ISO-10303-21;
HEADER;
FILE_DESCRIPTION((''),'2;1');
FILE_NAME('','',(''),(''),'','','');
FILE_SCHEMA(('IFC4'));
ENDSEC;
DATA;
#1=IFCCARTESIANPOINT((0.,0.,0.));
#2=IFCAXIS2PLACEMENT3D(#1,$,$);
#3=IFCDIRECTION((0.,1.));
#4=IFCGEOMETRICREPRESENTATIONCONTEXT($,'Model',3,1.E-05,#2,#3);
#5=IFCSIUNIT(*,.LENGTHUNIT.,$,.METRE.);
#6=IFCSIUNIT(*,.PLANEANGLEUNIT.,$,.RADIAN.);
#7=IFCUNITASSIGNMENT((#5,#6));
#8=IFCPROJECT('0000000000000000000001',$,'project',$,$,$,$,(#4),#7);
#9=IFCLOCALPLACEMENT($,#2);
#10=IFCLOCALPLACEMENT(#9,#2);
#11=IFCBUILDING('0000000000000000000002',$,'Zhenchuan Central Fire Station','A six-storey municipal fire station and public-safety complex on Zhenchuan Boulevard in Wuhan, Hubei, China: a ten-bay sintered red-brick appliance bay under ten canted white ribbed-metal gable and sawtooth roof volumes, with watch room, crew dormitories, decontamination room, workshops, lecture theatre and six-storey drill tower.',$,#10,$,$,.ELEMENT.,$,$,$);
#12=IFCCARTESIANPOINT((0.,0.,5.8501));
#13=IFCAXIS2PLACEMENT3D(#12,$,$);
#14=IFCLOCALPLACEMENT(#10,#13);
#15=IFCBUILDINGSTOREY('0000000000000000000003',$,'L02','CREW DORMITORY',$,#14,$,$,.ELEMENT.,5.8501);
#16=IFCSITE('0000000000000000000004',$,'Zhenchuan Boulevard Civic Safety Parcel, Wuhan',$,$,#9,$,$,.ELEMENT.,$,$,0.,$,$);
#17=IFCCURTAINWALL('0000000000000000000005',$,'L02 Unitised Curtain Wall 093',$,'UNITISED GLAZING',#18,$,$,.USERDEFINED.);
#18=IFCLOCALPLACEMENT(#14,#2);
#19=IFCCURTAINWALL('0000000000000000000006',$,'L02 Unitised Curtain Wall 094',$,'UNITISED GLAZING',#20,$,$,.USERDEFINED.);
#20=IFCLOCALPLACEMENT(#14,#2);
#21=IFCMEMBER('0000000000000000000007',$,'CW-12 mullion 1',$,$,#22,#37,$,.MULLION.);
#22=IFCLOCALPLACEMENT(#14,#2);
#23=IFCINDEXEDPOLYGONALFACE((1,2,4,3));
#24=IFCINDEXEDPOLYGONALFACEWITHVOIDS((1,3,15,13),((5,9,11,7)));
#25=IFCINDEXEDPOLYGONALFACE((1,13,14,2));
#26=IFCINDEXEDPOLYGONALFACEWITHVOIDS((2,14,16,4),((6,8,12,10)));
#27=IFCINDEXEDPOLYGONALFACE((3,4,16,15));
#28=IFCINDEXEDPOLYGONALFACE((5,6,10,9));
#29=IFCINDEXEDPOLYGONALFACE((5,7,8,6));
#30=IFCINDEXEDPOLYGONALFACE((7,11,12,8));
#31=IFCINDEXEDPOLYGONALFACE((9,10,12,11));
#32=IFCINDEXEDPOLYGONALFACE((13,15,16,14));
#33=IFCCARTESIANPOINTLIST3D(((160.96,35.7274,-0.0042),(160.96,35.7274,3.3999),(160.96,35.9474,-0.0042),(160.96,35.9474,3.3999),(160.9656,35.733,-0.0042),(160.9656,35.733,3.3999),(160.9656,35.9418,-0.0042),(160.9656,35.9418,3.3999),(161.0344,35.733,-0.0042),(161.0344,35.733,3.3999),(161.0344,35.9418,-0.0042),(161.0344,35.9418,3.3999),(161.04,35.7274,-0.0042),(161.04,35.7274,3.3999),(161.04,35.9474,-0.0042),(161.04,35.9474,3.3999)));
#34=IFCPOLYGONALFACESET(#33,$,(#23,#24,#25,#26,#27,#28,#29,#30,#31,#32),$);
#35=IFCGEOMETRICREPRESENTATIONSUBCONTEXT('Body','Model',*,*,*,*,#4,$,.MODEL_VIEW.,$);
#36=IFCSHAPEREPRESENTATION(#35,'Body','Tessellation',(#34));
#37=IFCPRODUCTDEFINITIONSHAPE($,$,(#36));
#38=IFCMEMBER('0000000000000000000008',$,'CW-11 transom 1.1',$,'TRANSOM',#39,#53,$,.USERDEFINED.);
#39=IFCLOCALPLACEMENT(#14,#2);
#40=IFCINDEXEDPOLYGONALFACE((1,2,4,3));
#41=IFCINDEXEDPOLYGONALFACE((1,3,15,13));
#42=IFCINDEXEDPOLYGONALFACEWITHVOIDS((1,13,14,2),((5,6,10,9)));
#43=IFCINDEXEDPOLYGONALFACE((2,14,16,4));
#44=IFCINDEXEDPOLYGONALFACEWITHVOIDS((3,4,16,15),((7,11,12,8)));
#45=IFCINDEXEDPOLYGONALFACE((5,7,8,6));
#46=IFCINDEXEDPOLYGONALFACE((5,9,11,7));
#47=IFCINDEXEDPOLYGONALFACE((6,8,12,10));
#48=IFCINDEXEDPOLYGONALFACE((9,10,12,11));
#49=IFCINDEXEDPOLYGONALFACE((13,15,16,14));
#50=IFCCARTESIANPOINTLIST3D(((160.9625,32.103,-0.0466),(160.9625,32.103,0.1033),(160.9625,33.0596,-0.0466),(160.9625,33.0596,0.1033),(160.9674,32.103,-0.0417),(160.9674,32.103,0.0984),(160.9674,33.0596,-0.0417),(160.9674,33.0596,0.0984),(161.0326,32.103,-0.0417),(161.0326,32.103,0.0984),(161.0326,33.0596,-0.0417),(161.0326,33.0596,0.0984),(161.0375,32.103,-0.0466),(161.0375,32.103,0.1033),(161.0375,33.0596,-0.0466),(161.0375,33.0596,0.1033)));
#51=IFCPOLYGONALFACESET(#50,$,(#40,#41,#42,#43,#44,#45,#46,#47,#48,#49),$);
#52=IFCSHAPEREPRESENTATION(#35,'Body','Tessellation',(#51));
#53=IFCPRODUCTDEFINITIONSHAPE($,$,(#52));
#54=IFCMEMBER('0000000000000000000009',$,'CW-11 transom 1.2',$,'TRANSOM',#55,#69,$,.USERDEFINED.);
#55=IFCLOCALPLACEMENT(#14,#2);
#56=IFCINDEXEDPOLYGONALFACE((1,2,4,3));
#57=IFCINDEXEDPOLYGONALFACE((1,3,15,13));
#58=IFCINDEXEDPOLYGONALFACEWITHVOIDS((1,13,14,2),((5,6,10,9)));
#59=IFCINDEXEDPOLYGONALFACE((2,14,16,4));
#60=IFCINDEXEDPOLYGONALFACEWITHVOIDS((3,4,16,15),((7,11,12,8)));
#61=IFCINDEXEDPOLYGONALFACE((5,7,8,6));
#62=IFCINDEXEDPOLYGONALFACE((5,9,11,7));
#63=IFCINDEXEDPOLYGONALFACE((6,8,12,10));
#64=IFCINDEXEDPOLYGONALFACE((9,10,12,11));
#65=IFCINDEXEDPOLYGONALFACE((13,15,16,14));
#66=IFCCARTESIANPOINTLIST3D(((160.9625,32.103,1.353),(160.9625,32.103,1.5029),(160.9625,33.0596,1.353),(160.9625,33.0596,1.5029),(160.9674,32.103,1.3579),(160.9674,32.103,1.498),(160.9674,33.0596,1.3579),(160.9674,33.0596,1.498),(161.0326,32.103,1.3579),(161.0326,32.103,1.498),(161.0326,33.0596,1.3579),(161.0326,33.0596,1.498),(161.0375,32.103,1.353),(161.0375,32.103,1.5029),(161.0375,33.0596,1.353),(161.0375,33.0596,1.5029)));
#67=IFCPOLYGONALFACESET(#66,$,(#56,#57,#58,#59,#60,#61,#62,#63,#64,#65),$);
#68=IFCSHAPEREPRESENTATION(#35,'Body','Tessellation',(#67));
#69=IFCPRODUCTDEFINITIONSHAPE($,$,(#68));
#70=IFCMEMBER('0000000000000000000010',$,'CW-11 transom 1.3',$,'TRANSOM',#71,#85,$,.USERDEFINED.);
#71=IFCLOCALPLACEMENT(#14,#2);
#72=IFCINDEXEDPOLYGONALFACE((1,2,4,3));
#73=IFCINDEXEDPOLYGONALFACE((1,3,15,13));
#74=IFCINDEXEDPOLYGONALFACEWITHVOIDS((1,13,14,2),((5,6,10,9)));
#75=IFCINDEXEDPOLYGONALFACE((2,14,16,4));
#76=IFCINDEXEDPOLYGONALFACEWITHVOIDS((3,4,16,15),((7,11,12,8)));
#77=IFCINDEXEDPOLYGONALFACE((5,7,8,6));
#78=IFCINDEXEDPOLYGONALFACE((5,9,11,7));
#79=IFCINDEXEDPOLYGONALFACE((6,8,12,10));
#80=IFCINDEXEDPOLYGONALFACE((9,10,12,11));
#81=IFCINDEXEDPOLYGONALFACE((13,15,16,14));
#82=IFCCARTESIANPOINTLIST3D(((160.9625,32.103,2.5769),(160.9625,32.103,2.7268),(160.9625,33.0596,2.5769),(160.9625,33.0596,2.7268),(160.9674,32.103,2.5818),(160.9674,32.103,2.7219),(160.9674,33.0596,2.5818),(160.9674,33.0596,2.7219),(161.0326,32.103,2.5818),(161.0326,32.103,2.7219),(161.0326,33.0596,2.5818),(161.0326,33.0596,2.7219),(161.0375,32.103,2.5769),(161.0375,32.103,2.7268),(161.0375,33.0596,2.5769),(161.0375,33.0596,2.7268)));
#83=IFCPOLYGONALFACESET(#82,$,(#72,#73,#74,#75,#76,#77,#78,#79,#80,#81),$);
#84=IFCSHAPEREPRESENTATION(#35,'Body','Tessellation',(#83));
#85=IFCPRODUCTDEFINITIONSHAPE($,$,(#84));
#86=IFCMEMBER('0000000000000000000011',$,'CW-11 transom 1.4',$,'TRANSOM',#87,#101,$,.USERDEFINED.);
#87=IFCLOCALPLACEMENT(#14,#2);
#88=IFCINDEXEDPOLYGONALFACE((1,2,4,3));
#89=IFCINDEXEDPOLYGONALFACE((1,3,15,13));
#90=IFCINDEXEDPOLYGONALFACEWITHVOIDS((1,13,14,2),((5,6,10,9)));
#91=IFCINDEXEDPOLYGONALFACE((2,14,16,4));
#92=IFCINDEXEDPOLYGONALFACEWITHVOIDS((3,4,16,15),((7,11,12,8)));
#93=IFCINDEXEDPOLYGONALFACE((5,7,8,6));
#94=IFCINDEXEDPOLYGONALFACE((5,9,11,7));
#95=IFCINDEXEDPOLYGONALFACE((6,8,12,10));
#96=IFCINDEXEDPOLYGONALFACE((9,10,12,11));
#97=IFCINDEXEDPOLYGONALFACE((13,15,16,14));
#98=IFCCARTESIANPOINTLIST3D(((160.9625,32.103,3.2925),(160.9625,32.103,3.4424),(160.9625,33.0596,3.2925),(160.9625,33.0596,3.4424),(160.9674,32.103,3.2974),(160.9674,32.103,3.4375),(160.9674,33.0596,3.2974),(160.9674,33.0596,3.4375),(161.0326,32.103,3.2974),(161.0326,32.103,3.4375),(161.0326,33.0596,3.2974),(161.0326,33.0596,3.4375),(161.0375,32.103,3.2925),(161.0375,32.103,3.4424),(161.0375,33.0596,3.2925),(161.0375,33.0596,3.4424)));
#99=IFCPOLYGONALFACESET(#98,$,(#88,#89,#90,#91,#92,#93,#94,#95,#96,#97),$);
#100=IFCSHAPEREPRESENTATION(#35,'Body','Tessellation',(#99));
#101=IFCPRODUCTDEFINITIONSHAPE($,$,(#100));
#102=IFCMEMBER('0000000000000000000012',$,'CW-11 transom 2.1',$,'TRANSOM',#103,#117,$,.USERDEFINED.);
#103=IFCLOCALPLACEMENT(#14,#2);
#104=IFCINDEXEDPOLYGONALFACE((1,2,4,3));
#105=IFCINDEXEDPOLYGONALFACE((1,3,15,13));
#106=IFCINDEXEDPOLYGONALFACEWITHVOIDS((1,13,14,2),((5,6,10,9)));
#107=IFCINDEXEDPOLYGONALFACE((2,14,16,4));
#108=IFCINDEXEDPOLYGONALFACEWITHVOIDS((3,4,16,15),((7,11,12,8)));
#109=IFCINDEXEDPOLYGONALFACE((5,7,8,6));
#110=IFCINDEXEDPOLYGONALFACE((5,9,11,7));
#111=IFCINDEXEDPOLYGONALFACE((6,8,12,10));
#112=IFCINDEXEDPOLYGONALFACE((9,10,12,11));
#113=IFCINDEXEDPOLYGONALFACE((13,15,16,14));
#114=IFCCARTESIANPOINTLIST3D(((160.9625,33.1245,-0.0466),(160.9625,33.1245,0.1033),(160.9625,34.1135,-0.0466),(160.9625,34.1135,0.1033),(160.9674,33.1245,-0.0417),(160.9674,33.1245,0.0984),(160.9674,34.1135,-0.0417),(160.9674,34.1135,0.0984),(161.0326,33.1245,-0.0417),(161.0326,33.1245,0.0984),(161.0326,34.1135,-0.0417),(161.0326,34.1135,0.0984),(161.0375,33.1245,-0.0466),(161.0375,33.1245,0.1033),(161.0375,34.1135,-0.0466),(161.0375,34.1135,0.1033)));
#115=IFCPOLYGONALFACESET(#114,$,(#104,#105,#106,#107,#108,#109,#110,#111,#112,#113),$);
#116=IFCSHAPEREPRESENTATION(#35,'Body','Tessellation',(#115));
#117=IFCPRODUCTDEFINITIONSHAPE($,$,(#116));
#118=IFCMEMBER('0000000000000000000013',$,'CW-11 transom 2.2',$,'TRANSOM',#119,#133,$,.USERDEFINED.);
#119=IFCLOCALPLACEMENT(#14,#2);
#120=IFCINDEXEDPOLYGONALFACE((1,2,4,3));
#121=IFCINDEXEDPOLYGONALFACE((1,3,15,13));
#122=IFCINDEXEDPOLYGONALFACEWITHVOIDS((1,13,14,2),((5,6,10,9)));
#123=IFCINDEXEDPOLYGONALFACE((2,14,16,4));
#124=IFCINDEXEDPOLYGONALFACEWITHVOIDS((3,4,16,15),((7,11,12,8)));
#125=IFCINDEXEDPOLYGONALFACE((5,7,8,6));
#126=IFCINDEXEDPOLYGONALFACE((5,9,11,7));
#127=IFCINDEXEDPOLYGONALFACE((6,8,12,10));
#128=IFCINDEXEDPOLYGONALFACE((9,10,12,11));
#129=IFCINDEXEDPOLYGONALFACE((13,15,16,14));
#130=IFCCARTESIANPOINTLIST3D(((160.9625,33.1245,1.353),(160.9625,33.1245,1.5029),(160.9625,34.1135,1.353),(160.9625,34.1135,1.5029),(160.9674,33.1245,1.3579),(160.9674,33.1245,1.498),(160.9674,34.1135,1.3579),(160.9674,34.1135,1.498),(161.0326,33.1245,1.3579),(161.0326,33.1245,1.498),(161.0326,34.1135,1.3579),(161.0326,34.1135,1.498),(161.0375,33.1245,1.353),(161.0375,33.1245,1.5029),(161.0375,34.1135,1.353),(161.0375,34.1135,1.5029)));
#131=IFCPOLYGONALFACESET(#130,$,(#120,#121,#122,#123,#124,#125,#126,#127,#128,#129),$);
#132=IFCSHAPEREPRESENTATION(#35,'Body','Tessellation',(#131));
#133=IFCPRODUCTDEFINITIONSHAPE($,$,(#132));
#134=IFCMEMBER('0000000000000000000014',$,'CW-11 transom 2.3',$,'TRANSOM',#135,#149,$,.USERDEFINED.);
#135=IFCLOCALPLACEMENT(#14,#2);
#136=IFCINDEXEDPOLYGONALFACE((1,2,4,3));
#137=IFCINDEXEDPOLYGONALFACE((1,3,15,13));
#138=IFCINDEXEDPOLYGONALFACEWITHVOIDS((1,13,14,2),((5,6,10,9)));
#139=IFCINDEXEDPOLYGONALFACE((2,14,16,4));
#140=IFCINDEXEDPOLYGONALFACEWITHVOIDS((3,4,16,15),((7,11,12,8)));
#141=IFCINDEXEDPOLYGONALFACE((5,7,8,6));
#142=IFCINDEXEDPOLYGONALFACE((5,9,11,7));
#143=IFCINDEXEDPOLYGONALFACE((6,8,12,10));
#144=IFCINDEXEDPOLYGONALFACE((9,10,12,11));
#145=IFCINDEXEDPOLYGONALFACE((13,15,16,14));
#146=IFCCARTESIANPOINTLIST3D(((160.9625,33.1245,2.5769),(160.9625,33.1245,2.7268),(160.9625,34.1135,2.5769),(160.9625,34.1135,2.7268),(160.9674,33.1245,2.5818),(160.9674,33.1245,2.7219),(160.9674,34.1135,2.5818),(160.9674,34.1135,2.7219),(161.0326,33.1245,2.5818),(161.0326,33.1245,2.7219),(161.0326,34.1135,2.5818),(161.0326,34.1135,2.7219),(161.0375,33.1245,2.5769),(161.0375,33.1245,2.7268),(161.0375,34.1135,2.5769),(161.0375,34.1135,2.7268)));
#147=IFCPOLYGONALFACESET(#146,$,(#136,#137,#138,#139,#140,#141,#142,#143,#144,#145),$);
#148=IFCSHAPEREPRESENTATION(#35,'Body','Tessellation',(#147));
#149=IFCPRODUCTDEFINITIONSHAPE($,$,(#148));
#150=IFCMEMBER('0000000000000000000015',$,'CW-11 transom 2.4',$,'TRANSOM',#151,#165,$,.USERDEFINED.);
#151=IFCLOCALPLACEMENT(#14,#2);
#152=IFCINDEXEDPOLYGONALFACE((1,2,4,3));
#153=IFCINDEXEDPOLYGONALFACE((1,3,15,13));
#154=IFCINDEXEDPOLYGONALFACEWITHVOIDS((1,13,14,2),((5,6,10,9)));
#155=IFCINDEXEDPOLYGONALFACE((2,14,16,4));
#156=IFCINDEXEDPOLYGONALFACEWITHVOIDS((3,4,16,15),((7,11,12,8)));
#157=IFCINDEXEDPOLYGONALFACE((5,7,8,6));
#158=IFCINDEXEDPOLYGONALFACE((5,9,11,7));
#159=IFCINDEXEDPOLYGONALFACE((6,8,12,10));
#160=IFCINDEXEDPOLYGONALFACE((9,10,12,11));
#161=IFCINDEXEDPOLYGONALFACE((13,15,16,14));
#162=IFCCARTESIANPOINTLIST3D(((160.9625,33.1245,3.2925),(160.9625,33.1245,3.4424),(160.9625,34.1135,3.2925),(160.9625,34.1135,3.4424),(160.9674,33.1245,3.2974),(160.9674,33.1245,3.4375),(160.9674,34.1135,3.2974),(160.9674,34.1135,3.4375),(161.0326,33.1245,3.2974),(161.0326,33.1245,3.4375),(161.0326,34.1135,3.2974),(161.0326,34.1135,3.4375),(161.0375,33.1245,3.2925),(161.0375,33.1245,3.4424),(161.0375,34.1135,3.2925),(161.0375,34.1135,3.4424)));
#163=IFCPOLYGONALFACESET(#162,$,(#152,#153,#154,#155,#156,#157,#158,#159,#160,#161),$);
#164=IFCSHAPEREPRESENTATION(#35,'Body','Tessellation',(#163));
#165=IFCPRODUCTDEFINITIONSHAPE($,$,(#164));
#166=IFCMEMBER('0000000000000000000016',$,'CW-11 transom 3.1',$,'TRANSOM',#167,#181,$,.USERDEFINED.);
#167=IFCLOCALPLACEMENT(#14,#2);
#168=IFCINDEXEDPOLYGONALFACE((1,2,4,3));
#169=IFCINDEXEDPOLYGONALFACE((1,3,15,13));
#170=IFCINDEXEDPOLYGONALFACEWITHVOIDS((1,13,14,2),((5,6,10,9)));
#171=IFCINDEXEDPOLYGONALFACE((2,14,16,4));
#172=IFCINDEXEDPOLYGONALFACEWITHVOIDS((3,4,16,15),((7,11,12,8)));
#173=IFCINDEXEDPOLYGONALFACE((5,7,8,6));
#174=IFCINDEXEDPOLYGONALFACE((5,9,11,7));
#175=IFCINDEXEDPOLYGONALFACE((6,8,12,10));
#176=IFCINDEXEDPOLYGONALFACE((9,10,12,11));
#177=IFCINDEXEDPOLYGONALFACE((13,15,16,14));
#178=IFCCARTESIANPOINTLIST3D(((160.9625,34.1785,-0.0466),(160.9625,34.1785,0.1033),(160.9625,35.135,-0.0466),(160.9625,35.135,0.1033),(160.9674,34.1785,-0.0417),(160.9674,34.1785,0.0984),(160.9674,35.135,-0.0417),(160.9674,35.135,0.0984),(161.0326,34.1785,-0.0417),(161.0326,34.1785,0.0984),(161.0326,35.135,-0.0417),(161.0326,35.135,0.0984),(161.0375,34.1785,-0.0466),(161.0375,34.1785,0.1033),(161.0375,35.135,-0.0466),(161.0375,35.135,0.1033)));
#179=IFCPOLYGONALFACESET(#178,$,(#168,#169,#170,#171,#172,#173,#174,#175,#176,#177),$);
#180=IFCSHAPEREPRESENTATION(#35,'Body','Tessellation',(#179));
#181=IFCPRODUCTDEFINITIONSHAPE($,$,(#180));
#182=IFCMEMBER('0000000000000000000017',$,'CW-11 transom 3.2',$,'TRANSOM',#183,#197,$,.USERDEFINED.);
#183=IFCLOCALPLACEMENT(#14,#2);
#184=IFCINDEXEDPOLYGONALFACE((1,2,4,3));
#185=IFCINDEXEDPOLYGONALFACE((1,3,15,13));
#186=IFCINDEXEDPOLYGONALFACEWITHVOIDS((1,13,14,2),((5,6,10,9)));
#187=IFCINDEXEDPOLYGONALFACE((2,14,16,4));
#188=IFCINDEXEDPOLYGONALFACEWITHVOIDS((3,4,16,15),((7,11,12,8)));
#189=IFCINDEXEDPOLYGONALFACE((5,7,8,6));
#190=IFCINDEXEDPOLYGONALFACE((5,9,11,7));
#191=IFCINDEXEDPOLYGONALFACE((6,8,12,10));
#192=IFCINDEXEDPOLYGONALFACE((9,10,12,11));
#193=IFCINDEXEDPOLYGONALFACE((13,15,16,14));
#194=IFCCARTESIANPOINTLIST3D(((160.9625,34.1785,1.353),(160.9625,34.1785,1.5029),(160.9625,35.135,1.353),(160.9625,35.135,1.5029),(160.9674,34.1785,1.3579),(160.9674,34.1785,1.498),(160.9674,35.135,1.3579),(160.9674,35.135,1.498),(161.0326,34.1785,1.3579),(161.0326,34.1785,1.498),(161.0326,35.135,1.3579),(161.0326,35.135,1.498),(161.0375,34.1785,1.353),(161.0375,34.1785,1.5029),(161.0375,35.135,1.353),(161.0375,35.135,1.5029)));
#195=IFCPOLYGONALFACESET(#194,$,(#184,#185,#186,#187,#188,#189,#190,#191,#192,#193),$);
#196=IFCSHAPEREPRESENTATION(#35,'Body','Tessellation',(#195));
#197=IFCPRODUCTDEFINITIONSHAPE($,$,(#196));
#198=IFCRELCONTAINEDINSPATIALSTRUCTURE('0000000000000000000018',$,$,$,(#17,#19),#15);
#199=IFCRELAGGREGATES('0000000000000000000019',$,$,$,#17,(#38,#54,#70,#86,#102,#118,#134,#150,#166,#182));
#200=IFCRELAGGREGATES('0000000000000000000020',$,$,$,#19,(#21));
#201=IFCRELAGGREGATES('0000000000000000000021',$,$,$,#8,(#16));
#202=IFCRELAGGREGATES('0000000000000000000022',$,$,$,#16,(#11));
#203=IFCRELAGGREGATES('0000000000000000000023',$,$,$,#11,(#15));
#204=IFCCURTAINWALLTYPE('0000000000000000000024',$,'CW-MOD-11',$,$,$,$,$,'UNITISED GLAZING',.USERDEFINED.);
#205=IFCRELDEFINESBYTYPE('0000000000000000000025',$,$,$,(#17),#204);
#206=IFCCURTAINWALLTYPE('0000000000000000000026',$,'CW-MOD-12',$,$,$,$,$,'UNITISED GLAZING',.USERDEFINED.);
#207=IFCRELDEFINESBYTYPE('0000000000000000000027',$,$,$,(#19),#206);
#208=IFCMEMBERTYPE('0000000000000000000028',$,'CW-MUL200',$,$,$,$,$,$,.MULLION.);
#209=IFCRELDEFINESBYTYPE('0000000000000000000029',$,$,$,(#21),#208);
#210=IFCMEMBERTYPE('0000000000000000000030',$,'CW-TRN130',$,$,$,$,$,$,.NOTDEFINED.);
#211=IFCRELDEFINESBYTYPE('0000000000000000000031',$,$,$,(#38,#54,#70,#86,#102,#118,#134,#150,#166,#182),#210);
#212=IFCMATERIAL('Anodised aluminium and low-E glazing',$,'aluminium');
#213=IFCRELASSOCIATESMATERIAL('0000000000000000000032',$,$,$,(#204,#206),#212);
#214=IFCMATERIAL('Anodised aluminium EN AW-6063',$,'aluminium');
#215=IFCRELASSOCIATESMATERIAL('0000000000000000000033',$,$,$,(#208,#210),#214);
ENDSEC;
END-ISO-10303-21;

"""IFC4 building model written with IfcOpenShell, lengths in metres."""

from ifc_helpers import new_model, si_unit, direction, frame, origin, origin_2d, place, context, subcontext, project, spatial, hollow_rectangle, extrude, material, material_profile, profile_set, type_object, element, aggregate, save


model = new_model("IFC4")

# Units and contexts
model_context = context("Model", 3, precision=1e-05, world=origin(), true_north=direction((0.0, 1.0)))
body_context = subcontext(model_context, "Body", "Model", "MODEL_VIEW")
ifc_project = project(units=[si_unit("LENGTHUNIT", "METRE"), si_unit("PLANEANGLEUNIT", "RADIAN")], contexts=[model_context])

# Site, building, storey
site_placement = place(None, origin())
site = spatial("IfcSite", under=ifc_project, at=site_placement, Name="Zhenchuan Boulevard Civic Safety Parcel, Wuhan", CompositionType="ELEMENT", RefElevation=0.0)
building_placement = place(site_placement, origin())
building = spatial("IfcBuilding", under=site, at=building_placement, Name="Zhenchuan Central Fire Station", Description="A six-storey municipal fire station and public-safety complex on Zhenchuan Boulevard in Wuhan, Hubei, China: a ten-bay sintered red-brick appliance bay under ten canted white ribbed-metal gable and sawtooth roof volumes, with watch room, crew dormitories, decontamination room, workshops, lecture theatre and six-storey drill tower.", CompositionType="ELEMENT")
storey_placement = place(building_placement, frame((0.0, 0.0, 5.8501)))
storey = spatial("IfcBuildingStorey", under=building, at=storey_placement, Name="L02", Description="CREW DORMITORY", CompositionType="ELEMENT", Elevation=5.8501)

# Shared definitions
ifc_material_1 = material(Name="Anodised aluminium and low-E glazing", Category="aluminium")
ifc_material_2 = material(Name="Anodised aluminium EN AW-6063", Category="aluminium")

# Curtain wall
curtain_wall_type_1 = type_object("IfcCurtainWallType", Name="CW-MOD-11", ElementType="UNITISED GLAZING", PredefinedType="USERDEFINED", material=ifc_material_1)
curtain_wall_1_placement = place(storey_placement, origin())
curtain_wall_1 = element("IfcCurtainWall", 1, at=curtain_wall_1_placement, inside=storey, type_object=curtain_wall_type_1, Name="L02 Unitised Curtain Wall 093", ObjectType="UNITISED GLAZING", PredefinedType="USERDEFINED")

# Curtain wall, member
curtain_wall_type_2 = type_object("IfcCurtainWallType", Name="CW-MOD-12", ElementType="UNITISED GLAZING", PredefinedType="USERDEFINED", material=ifc_material_1)
curtain_wall_2_placement = place(storey_placement, origin())
curtain_wall_2 = element("IfcCurtainWall", 2, at=curtain_wall_2_placement, inside=storey, type_object=curtain_wall_type_2, Name="L02 Unitised Curtain Wall 094", ObjectType="UNITISED GLAZING", PredefinedType="USERDEFINED")
ifc_material_profile_1 = material_profile(ifc_material_2, hollow_rectangle(XDim=0.0801, YDim=0.22, WallThickness=0.0056, at=origin_2d()), Name="ALU-M 220x80")
ifc_profile_set_1 = profile_set([ifc_material_profile_1], Name="Anodised aluminium EN AW-6063")
member_type_1 = type_object("IfcMemberType", Name="CW-MUL200", PredefinedType="MULLION", material=ifc_profile_set_1)
member_1_placement = place(storey_placement, frame((161.0, 35.8374, -0.0042), z_axis=(0.0, 0.0, 1.0), x_axis=(-1.0, 0.0, 0.0)))
member_1 = element("IfcMember", 3, at=member_1_placement, type_object=member_type_1, Name="CW-12 mullion 1", PredefinedType="MULLION", context=body_context, shape_type="SweptSolid", body=[
    extrude(hollow_rectangle(XDim=0.0801, YDim=0.22, WallThickness=0.0056, at=origin_2d()), origin(), (0.0, 0.0, 1.0), 3.4041),
])

# Members
ifc_material_profile_2 = material_profile(ifc_material_2, hollow_rectangle(XDim=0.075, YDim=0.1499, WallThickness=0.0049, at=origin_2d()), Name="ALU-T 150x75")
ifc_profile_set_2 = profile_set([ifc_material_profile_2], Name="Anodised aluminium EN AW-6063")
member_type_2 = type_object("IfcMemberType", Name="CW-TRN130", PredefinedType="NOTDEFINED", material=ifc_profile_set_2)
member_2_placement = place(storey_placement, frame((161.0, 32.103, 0.0283), z_axis=(0.0, 1.0, 0.0), x_axis=(-1.0, 0.0, 0.0)))
member_2 = element("IfcMember", 4, at=member_2_placement, type_object=member_type_2, Name="CW-11 transom 1.1", ObjectType="TRANSOM", PredefinedType="USERDEFINED", context=body_context, shape_type="SweptSolid", body=[
    extrude(hollow_rectangle(XDim=0.075, YDim=0.1499, WallThickness=0.0049, at=origin_2d()), origin(), (0.0, 0.0, 1.0), 0.9565),
])
member_3_placement = place(storey_placement, frame((161.0, 32.103, 1.428), z_axis=(0.0, 1.0, 0.0), x_axis=(-1.0, 0.0, 0.0)))
member_3 = element("IfcMember", 5, at=member_3_placement, type_object=member_type_2, Name="CW-11 transom 1.2", ObjectType="TRANSOM", PredefinedType="USERDEFINED", context=body_context, shape_type="SweptSolid", body=[
    extrude(hollow_rectangle(XDim=0.075, YDim=0.1499, WallThickness=0.0049, at=origin_2d()), origin(), (0.0, 0.0, 1.0), 0.9565),
])
member_4_placement = place(storey_placement, frame((161.0, 32.103, 2.6519), z_axis=(0.0, 1.0, 0.0), x_axis=(-1.0, 0.0, 0.0)))
member_4 = element("IfcMember", 6, at=member_4_placement, type_object=member_type_2, Name="CW-11 transom 1.3", ObjectType="TRANSOM", PredefinedType="USERDEFINED", context=body_context, shape_type="SweptSolid", body=[
    extrude(hollow_rectangle(XDim=0.075, YDim=0.1499, WallThickness=0.0049, at=origin_2d()), origin(), (0.0, 0.0, 1.0), 0.9565),
])
member_5_placement = place(storey_placement, frame((161.0, 32.103, 3.3674), z_axis=(0.0, 1.0, 0.0), x_axis=(-1.0, 0.0, 0.0)))
member_5 = element("IfcMember", 7, at=member_5_placement, type_object=member_type_2, Name="CW-11 transom 1.4", ObjectType="TRANSOM", PredefinedType="USERDEFINED", context=body_context, shape_type="SweptSolid", body=[
    extrude(hollow_rectangle(XDim=0.075, YDim=0.1499, WallThickness=0.0049, at=origin_2d()), origin(), (0.0, 0.0, 1.0), 0.9565),
])
member_6_placement = place(storey_placement, frame((161.0, 33.1245, 0.0283), z_axis=(0.0, 1.0, 0.0), x_axis=(-1.0, 0.0, 0.0)))
member_6 = element("IfcMember", 8, at=member_6_placement, type_object=member_type_2, Name="CW-11 transom 2.1", ObjectType="TRANSOM", PredefinedType="USERDEFINED", context=body_context, shape_type="SweptSolid", body=[
    extrude(hollow_rectangle(XDim=0.075, YDim=0.1499, WallThickness=0.0049, at=origin_2d()), origin(), (0.0, 0.0, 1.0), 0.989),
])
member_7_placement = place(storey_placement, frame((161.0, 33.1245, 1.428), z_axis=(0.0, 1.0, 0.0), x_axis=(-1.0, 0.0, 0.0)))
member_7 = element("IfcMember", 9, at=member_7_placement, type_object=member_type_2, Name="CW-11 transom 2.2", ObjectType="TRANSOM", PredefinedType="USERDEFINED", context=body_context, shape_type="SweptSolid", body=[
    extrude(hollow_rectangle(XDim=0.075, YDim=0.1499, WallThickness=0.0049, at=origin_2d()), origin(), (0.0, 0.0, 1.0), 0.989),
])
member_8_placement = place(storey_placement, frame((161.0, 33.1245, 2.6519), z_axis=(0.0, 1.0, 0.0), x_axis=(-1.0, 0.0, 0.0)))
member_8 = element("IfcMember", 10, at=member_8_placement, type_object=member_type_2, Name="CW-11 transom 2.3", ObjectType="TRANSOM", PredefinedType="USERDEFINED", context=body_context, shape_type="SweptSolid", body=[
    extrude(hollow_rectangle(XDim=0.075, YDim=0.1499, WallThickness=0.0049, at=origin_2d()), origin(), (0.0, 0.0, 1.0), 0.989),
])
member_9_placement = place(storey_placement, frame((161.0, 33.1245, 3.3674), z_axis=(0.0, 1.0, 0.0), x_axis=(-1.0, 0.0, 0.0)))
member_9 = element("IfcMember", 11, at=member_9_placement, type_object=member_type_2, Name="CW-11 transom 2.4", ObjectType="TRANSOM", PredefinedType="USERDEFINED", context=body_context, shape_type="SweptSolid", body=[
    extrude(hollow_rectangle(XDim=0.075, YDim=0.1499, WallThickness=0.0049, at=origin_2d()), origin(), (0.0, 0.0, 1.0), 0.989),
])
member_10_placement = place(storey_placement, frame((161.0, 34.1785, 0.0283), z_axis=(0.0, 1.0, 0.0), x_axis=(-1.0, 0.0, 0.0)))
member_10 = element("IfcMember", 12, at=member_10_placement, type_object=member_type_2, Name="CW-11 transom 3.1", ObjectType="TRANSOM", PredefinedType="USERDEFINED", context=body_context, shape_type="SweptSolid", body=[
    extrude(hollow_rectangle(XDim=0.075, YDim=0.1499, WallThickness=0.0049, at=origin_2d()), origin(), (0.0, 0.0, 1.0), 0.9565),
])
member_11_placement = place(storey_placement, frame((161.0, 34.1785, 1.428), z_axis=(0.0, 1.0, 0.0), x_axis=(-1.0, 0.0, 0.0)))
member_11 = element("IfcMember", 13, at=member_11_placement, type_object=member_type_2, Name="CW-11 transom 3.2", ObjectType="TRANSOM", PredefinedType="USERDEFINED", context=body_context, shape_type="SweptSolid", body=[
    extrude(hollow_rectangle(XDim=0.075, YDim=0.1499, WallThickness=0.0049, at=origin_2d()), origin(), (0.0, 0.0, 1.0), 0.9565),
])

aggregate(curtain_wall_1, [member_2, member_3, member_4, member_5, member_6, member_7, member_8, member_9, member_10, member_11])
aggregate(curtain_wall_2, [member_1])

save(model, "model.ifc")
